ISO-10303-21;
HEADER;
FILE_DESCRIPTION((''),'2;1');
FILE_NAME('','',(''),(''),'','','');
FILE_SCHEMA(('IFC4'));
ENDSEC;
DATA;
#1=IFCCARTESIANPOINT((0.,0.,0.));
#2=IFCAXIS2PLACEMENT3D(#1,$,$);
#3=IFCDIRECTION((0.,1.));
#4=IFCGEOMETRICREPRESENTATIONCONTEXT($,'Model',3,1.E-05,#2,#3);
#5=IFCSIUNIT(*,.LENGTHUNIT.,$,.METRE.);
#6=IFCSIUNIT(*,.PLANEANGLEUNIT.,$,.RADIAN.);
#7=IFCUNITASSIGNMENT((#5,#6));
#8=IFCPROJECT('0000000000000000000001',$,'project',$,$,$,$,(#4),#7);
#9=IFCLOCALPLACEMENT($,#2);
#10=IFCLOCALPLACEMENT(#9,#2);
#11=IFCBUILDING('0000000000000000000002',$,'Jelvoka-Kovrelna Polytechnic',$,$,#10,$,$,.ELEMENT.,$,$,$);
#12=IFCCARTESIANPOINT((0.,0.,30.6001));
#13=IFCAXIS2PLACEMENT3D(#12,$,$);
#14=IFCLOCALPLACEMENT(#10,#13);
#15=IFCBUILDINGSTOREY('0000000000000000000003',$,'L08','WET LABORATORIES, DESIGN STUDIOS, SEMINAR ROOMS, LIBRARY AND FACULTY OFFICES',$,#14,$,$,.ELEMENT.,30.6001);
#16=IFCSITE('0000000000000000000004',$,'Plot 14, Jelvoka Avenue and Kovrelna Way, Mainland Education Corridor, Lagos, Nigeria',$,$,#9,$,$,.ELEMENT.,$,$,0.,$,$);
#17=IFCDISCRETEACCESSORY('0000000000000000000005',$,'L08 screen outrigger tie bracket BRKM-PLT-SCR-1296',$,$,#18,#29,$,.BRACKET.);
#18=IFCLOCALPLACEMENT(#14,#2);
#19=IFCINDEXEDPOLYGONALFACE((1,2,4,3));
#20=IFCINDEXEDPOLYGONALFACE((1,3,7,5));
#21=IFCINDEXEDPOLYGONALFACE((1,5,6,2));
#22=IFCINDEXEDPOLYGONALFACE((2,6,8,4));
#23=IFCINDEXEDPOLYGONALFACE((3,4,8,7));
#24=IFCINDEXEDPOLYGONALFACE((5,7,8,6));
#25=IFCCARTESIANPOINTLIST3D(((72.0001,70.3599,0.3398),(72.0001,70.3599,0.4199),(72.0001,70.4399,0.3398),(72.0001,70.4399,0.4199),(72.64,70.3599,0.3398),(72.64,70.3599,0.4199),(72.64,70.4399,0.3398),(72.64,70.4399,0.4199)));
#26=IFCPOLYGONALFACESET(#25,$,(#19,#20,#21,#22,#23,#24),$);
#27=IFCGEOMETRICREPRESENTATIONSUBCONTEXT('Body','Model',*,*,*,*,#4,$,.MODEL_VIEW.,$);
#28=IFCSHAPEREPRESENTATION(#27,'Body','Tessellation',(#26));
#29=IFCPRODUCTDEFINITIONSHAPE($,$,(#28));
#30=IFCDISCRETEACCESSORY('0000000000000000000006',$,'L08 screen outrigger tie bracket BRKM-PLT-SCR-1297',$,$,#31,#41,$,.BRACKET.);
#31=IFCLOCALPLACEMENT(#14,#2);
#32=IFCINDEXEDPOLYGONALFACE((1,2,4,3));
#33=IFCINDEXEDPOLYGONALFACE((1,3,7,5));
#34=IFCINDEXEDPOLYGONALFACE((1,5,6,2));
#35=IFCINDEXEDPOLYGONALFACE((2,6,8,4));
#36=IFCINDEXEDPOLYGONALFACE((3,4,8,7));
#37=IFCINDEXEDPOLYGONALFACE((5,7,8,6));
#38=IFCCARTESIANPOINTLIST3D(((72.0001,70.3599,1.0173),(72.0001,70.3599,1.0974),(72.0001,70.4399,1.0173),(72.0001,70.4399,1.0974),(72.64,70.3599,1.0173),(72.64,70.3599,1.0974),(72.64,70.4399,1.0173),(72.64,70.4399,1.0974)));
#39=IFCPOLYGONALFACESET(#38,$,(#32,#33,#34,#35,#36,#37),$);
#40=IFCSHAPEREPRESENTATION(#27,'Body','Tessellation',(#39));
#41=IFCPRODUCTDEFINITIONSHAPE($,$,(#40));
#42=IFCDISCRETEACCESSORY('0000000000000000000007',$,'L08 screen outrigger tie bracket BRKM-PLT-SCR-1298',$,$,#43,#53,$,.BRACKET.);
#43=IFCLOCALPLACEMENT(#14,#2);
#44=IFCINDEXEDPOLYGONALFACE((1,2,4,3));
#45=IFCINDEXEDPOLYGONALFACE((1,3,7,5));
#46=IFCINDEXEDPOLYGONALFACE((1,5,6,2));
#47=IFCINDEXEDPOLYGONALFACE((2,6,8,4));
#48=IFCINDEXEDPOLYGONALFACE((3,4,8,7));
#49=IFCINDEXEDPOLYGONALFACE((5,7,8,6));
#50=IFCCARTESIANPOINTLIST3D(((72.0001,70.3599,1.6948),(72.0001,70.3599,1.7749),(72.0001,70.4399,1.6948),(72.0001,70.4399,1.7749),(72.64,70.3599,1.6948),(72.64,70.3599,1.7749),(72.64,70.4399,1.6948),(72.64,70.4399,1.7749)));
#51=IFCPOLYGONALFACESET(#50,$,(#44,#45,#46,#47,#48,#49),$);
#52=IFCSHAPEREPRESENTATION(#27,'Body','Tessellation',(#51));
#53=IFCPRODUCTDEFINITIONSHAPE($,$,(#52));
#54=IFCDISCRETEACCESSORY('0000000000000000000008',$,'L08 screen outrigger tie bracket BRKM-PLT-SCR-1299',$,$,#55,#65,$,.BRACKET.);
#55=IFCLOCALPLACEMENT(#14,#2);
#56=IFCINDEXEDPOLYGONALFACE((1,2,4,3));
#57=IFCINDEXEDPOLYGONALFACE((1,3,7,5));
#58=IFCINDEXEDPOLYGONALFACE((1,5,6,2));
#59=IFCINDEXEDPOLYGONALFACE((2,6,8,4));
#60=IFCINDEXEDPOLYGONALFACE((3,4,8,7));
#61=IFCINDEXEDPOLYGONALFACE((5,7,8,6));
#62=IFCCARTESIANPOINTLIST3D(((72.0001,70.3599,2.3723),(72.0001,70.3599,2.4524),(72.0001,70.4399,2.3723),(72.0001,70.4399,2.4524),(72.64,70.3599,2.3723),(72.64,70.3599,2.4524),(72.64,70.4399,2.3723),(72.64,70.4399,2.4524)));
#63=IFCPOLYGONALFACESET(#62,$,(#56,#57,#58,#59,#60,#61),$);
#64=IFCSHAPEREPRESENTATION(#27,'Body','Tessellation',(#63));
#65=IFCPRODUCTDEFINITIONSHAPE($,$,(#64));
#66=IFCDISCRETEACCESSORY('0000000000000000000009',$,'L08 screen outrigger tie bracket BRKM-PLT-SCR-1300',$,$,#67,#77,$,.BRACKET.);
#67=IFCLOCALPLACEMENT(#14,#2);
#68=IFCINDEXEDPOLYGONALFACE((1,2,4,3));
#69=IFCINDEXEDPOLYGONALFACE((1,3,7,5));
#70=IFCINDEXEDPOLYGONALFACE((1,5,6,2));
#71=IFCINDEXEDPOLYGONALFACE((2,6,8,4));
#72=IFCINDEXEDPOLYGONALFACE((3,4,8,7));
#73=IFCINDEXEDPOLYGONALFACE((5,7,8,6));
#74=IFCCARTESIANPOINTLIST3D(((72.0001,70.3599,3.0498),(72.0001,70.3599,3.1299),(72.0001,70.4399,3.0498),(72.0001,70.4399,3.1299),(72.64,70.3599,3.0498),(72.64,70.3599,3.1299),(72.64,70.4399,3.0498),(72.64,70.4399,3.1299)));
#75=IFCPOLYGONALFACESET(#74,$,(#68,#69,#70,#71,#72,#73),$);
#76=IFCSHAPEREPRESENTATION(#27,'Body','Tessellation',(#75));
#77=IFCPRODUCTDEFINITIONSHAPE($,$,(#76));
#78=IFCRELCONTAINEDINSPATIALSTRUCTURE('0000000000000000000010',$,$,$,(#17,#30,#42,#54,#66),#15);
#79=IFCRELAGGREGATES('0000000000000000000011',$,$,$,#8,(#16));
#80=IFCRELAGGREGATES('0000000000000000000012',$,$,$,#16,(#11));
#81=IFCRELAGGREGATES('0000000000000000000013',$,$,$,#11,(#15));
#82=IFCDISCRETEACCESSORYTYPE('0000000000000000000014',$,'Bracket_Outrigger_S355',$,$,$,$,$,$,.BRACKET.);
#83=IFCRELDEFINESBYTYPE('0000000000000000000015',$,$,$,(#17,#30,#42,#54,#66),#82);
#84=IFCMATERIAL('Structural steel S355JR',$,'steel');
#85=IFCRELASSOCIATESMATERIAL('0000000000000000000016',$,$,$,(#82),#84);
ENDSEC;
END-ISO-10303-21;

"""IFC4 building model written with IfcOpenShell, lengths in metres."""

from ifc_helpers import new_model, si_unit, direction, frame, origin, origin_2d, place, context, subcontext, project, spatial, rectangle, extrude, material, type_object, element, save


model = new_model("IFC4")

# Units and contexts
model_context = context("Model", 3, precision=1e-05, world=origin(), true_north=direction((0.0, 1.0)))
body_context = subcontext(model_context, "Body", "Model", "MODEL_VIEW")
ifc_project = project(units=[si_unit("LENGTHUNIT", "METRE"), si_unit("PLANEANGLEUNIT", "RADIAN")], contexts=[model_context])

# Site, building, storey
site_placement = place(None, origin())
site = spatial("IfcSite", under=ifc_project, at=site_placement, Name="Plot 14, Jelvoka Avenue and Kovrelna Way, Mainland Education Corridor, Lagos, Nigeria", CompositionType="ELEMENT", RefElevation=0.0)
building_placement = place(site_placement, origin())
building = spatial("IfcBuilding", under=site, at=building_placement, Name="Jelvoka-Kovrelna Polytechnic", CompositionType="ELEMENT")
storey_placement = place(building_placement, frame((0.0, 0.0, 30.6001)))
storey = spatial("IfcBuildingStorey", under=building, at=storey_placement, Name="L08", Description="WET LABORATORIES, DESIGN STUDIOS, SEMINAR ROOMS, LIBRARY AND FACULTY OFFICES", CompositionType="ELEMENT", Elevation=30.6001)

# Discrete accessories
ifc_material_1 = material(Name="Structural steel S355JR", Category="steel")
discrete_accessory_type = type_object("IfcDiscreteAccessoryType", Name="Bracket_Outrigger_S355", PredefinedType="BRACKET", material=ifc_material_1)
for number, where, z_axis, x_axis, name in (
    (1, (72.3201, 70.3999, 0.3398), (0.0, 0.0, 1.0), (1.0, 0.0, 0.0), "L08 screen outrigger tie bracket BRKM-PLT-SCR-1296"),
    (2, (72.3201, 70.3999, 1.0173), (0.0, 0.0, 1.0), (1.0, 0.0, 0.0), "L08 screen outrigger tie bracket BRKM-PLT-SCR-1297"),
    (3, (72.3201, 70.3999, 1.6948), (0.0, 0.0, 1.0), (1.0, 0.0, 0.0), "L08 screen outrigger tie bracket BRKM-PLT-SCR-1298"),
    (4, (72.3201, 70.3999, 2.3723), (0.0, 0.0, 1.0), (1.0, 0.0, 0.0), "L08 screen outrigger tie bracket BRKM-PLT-SCR-1299"),
    (5, (72.3201, 70.3999, 3.0498), (0.0, 0.0, 1.0), (1.0, 0.0, 0.0), "L08 screen outrigger tie bracket BRKM-PLT-SCR-1300"),
):
    element("IfcDiscreteAccessory", number, at=place(storey_placement, frame(where, z_axis=z_axis, x_axis=x_axis)), inside=storey, type_object=discrete_accessory_type, Name=name, PredefinedType="BRACKET", context=body_context, shape_type="SweptSolid", body=[
        extrude(rectangle(XDim=0.6399, YDim=0.0801, at=origin_2d()), origin(), (0.0, 0.0, 1.0), 0.0801),
    ])

save(model, "model.ifc")
